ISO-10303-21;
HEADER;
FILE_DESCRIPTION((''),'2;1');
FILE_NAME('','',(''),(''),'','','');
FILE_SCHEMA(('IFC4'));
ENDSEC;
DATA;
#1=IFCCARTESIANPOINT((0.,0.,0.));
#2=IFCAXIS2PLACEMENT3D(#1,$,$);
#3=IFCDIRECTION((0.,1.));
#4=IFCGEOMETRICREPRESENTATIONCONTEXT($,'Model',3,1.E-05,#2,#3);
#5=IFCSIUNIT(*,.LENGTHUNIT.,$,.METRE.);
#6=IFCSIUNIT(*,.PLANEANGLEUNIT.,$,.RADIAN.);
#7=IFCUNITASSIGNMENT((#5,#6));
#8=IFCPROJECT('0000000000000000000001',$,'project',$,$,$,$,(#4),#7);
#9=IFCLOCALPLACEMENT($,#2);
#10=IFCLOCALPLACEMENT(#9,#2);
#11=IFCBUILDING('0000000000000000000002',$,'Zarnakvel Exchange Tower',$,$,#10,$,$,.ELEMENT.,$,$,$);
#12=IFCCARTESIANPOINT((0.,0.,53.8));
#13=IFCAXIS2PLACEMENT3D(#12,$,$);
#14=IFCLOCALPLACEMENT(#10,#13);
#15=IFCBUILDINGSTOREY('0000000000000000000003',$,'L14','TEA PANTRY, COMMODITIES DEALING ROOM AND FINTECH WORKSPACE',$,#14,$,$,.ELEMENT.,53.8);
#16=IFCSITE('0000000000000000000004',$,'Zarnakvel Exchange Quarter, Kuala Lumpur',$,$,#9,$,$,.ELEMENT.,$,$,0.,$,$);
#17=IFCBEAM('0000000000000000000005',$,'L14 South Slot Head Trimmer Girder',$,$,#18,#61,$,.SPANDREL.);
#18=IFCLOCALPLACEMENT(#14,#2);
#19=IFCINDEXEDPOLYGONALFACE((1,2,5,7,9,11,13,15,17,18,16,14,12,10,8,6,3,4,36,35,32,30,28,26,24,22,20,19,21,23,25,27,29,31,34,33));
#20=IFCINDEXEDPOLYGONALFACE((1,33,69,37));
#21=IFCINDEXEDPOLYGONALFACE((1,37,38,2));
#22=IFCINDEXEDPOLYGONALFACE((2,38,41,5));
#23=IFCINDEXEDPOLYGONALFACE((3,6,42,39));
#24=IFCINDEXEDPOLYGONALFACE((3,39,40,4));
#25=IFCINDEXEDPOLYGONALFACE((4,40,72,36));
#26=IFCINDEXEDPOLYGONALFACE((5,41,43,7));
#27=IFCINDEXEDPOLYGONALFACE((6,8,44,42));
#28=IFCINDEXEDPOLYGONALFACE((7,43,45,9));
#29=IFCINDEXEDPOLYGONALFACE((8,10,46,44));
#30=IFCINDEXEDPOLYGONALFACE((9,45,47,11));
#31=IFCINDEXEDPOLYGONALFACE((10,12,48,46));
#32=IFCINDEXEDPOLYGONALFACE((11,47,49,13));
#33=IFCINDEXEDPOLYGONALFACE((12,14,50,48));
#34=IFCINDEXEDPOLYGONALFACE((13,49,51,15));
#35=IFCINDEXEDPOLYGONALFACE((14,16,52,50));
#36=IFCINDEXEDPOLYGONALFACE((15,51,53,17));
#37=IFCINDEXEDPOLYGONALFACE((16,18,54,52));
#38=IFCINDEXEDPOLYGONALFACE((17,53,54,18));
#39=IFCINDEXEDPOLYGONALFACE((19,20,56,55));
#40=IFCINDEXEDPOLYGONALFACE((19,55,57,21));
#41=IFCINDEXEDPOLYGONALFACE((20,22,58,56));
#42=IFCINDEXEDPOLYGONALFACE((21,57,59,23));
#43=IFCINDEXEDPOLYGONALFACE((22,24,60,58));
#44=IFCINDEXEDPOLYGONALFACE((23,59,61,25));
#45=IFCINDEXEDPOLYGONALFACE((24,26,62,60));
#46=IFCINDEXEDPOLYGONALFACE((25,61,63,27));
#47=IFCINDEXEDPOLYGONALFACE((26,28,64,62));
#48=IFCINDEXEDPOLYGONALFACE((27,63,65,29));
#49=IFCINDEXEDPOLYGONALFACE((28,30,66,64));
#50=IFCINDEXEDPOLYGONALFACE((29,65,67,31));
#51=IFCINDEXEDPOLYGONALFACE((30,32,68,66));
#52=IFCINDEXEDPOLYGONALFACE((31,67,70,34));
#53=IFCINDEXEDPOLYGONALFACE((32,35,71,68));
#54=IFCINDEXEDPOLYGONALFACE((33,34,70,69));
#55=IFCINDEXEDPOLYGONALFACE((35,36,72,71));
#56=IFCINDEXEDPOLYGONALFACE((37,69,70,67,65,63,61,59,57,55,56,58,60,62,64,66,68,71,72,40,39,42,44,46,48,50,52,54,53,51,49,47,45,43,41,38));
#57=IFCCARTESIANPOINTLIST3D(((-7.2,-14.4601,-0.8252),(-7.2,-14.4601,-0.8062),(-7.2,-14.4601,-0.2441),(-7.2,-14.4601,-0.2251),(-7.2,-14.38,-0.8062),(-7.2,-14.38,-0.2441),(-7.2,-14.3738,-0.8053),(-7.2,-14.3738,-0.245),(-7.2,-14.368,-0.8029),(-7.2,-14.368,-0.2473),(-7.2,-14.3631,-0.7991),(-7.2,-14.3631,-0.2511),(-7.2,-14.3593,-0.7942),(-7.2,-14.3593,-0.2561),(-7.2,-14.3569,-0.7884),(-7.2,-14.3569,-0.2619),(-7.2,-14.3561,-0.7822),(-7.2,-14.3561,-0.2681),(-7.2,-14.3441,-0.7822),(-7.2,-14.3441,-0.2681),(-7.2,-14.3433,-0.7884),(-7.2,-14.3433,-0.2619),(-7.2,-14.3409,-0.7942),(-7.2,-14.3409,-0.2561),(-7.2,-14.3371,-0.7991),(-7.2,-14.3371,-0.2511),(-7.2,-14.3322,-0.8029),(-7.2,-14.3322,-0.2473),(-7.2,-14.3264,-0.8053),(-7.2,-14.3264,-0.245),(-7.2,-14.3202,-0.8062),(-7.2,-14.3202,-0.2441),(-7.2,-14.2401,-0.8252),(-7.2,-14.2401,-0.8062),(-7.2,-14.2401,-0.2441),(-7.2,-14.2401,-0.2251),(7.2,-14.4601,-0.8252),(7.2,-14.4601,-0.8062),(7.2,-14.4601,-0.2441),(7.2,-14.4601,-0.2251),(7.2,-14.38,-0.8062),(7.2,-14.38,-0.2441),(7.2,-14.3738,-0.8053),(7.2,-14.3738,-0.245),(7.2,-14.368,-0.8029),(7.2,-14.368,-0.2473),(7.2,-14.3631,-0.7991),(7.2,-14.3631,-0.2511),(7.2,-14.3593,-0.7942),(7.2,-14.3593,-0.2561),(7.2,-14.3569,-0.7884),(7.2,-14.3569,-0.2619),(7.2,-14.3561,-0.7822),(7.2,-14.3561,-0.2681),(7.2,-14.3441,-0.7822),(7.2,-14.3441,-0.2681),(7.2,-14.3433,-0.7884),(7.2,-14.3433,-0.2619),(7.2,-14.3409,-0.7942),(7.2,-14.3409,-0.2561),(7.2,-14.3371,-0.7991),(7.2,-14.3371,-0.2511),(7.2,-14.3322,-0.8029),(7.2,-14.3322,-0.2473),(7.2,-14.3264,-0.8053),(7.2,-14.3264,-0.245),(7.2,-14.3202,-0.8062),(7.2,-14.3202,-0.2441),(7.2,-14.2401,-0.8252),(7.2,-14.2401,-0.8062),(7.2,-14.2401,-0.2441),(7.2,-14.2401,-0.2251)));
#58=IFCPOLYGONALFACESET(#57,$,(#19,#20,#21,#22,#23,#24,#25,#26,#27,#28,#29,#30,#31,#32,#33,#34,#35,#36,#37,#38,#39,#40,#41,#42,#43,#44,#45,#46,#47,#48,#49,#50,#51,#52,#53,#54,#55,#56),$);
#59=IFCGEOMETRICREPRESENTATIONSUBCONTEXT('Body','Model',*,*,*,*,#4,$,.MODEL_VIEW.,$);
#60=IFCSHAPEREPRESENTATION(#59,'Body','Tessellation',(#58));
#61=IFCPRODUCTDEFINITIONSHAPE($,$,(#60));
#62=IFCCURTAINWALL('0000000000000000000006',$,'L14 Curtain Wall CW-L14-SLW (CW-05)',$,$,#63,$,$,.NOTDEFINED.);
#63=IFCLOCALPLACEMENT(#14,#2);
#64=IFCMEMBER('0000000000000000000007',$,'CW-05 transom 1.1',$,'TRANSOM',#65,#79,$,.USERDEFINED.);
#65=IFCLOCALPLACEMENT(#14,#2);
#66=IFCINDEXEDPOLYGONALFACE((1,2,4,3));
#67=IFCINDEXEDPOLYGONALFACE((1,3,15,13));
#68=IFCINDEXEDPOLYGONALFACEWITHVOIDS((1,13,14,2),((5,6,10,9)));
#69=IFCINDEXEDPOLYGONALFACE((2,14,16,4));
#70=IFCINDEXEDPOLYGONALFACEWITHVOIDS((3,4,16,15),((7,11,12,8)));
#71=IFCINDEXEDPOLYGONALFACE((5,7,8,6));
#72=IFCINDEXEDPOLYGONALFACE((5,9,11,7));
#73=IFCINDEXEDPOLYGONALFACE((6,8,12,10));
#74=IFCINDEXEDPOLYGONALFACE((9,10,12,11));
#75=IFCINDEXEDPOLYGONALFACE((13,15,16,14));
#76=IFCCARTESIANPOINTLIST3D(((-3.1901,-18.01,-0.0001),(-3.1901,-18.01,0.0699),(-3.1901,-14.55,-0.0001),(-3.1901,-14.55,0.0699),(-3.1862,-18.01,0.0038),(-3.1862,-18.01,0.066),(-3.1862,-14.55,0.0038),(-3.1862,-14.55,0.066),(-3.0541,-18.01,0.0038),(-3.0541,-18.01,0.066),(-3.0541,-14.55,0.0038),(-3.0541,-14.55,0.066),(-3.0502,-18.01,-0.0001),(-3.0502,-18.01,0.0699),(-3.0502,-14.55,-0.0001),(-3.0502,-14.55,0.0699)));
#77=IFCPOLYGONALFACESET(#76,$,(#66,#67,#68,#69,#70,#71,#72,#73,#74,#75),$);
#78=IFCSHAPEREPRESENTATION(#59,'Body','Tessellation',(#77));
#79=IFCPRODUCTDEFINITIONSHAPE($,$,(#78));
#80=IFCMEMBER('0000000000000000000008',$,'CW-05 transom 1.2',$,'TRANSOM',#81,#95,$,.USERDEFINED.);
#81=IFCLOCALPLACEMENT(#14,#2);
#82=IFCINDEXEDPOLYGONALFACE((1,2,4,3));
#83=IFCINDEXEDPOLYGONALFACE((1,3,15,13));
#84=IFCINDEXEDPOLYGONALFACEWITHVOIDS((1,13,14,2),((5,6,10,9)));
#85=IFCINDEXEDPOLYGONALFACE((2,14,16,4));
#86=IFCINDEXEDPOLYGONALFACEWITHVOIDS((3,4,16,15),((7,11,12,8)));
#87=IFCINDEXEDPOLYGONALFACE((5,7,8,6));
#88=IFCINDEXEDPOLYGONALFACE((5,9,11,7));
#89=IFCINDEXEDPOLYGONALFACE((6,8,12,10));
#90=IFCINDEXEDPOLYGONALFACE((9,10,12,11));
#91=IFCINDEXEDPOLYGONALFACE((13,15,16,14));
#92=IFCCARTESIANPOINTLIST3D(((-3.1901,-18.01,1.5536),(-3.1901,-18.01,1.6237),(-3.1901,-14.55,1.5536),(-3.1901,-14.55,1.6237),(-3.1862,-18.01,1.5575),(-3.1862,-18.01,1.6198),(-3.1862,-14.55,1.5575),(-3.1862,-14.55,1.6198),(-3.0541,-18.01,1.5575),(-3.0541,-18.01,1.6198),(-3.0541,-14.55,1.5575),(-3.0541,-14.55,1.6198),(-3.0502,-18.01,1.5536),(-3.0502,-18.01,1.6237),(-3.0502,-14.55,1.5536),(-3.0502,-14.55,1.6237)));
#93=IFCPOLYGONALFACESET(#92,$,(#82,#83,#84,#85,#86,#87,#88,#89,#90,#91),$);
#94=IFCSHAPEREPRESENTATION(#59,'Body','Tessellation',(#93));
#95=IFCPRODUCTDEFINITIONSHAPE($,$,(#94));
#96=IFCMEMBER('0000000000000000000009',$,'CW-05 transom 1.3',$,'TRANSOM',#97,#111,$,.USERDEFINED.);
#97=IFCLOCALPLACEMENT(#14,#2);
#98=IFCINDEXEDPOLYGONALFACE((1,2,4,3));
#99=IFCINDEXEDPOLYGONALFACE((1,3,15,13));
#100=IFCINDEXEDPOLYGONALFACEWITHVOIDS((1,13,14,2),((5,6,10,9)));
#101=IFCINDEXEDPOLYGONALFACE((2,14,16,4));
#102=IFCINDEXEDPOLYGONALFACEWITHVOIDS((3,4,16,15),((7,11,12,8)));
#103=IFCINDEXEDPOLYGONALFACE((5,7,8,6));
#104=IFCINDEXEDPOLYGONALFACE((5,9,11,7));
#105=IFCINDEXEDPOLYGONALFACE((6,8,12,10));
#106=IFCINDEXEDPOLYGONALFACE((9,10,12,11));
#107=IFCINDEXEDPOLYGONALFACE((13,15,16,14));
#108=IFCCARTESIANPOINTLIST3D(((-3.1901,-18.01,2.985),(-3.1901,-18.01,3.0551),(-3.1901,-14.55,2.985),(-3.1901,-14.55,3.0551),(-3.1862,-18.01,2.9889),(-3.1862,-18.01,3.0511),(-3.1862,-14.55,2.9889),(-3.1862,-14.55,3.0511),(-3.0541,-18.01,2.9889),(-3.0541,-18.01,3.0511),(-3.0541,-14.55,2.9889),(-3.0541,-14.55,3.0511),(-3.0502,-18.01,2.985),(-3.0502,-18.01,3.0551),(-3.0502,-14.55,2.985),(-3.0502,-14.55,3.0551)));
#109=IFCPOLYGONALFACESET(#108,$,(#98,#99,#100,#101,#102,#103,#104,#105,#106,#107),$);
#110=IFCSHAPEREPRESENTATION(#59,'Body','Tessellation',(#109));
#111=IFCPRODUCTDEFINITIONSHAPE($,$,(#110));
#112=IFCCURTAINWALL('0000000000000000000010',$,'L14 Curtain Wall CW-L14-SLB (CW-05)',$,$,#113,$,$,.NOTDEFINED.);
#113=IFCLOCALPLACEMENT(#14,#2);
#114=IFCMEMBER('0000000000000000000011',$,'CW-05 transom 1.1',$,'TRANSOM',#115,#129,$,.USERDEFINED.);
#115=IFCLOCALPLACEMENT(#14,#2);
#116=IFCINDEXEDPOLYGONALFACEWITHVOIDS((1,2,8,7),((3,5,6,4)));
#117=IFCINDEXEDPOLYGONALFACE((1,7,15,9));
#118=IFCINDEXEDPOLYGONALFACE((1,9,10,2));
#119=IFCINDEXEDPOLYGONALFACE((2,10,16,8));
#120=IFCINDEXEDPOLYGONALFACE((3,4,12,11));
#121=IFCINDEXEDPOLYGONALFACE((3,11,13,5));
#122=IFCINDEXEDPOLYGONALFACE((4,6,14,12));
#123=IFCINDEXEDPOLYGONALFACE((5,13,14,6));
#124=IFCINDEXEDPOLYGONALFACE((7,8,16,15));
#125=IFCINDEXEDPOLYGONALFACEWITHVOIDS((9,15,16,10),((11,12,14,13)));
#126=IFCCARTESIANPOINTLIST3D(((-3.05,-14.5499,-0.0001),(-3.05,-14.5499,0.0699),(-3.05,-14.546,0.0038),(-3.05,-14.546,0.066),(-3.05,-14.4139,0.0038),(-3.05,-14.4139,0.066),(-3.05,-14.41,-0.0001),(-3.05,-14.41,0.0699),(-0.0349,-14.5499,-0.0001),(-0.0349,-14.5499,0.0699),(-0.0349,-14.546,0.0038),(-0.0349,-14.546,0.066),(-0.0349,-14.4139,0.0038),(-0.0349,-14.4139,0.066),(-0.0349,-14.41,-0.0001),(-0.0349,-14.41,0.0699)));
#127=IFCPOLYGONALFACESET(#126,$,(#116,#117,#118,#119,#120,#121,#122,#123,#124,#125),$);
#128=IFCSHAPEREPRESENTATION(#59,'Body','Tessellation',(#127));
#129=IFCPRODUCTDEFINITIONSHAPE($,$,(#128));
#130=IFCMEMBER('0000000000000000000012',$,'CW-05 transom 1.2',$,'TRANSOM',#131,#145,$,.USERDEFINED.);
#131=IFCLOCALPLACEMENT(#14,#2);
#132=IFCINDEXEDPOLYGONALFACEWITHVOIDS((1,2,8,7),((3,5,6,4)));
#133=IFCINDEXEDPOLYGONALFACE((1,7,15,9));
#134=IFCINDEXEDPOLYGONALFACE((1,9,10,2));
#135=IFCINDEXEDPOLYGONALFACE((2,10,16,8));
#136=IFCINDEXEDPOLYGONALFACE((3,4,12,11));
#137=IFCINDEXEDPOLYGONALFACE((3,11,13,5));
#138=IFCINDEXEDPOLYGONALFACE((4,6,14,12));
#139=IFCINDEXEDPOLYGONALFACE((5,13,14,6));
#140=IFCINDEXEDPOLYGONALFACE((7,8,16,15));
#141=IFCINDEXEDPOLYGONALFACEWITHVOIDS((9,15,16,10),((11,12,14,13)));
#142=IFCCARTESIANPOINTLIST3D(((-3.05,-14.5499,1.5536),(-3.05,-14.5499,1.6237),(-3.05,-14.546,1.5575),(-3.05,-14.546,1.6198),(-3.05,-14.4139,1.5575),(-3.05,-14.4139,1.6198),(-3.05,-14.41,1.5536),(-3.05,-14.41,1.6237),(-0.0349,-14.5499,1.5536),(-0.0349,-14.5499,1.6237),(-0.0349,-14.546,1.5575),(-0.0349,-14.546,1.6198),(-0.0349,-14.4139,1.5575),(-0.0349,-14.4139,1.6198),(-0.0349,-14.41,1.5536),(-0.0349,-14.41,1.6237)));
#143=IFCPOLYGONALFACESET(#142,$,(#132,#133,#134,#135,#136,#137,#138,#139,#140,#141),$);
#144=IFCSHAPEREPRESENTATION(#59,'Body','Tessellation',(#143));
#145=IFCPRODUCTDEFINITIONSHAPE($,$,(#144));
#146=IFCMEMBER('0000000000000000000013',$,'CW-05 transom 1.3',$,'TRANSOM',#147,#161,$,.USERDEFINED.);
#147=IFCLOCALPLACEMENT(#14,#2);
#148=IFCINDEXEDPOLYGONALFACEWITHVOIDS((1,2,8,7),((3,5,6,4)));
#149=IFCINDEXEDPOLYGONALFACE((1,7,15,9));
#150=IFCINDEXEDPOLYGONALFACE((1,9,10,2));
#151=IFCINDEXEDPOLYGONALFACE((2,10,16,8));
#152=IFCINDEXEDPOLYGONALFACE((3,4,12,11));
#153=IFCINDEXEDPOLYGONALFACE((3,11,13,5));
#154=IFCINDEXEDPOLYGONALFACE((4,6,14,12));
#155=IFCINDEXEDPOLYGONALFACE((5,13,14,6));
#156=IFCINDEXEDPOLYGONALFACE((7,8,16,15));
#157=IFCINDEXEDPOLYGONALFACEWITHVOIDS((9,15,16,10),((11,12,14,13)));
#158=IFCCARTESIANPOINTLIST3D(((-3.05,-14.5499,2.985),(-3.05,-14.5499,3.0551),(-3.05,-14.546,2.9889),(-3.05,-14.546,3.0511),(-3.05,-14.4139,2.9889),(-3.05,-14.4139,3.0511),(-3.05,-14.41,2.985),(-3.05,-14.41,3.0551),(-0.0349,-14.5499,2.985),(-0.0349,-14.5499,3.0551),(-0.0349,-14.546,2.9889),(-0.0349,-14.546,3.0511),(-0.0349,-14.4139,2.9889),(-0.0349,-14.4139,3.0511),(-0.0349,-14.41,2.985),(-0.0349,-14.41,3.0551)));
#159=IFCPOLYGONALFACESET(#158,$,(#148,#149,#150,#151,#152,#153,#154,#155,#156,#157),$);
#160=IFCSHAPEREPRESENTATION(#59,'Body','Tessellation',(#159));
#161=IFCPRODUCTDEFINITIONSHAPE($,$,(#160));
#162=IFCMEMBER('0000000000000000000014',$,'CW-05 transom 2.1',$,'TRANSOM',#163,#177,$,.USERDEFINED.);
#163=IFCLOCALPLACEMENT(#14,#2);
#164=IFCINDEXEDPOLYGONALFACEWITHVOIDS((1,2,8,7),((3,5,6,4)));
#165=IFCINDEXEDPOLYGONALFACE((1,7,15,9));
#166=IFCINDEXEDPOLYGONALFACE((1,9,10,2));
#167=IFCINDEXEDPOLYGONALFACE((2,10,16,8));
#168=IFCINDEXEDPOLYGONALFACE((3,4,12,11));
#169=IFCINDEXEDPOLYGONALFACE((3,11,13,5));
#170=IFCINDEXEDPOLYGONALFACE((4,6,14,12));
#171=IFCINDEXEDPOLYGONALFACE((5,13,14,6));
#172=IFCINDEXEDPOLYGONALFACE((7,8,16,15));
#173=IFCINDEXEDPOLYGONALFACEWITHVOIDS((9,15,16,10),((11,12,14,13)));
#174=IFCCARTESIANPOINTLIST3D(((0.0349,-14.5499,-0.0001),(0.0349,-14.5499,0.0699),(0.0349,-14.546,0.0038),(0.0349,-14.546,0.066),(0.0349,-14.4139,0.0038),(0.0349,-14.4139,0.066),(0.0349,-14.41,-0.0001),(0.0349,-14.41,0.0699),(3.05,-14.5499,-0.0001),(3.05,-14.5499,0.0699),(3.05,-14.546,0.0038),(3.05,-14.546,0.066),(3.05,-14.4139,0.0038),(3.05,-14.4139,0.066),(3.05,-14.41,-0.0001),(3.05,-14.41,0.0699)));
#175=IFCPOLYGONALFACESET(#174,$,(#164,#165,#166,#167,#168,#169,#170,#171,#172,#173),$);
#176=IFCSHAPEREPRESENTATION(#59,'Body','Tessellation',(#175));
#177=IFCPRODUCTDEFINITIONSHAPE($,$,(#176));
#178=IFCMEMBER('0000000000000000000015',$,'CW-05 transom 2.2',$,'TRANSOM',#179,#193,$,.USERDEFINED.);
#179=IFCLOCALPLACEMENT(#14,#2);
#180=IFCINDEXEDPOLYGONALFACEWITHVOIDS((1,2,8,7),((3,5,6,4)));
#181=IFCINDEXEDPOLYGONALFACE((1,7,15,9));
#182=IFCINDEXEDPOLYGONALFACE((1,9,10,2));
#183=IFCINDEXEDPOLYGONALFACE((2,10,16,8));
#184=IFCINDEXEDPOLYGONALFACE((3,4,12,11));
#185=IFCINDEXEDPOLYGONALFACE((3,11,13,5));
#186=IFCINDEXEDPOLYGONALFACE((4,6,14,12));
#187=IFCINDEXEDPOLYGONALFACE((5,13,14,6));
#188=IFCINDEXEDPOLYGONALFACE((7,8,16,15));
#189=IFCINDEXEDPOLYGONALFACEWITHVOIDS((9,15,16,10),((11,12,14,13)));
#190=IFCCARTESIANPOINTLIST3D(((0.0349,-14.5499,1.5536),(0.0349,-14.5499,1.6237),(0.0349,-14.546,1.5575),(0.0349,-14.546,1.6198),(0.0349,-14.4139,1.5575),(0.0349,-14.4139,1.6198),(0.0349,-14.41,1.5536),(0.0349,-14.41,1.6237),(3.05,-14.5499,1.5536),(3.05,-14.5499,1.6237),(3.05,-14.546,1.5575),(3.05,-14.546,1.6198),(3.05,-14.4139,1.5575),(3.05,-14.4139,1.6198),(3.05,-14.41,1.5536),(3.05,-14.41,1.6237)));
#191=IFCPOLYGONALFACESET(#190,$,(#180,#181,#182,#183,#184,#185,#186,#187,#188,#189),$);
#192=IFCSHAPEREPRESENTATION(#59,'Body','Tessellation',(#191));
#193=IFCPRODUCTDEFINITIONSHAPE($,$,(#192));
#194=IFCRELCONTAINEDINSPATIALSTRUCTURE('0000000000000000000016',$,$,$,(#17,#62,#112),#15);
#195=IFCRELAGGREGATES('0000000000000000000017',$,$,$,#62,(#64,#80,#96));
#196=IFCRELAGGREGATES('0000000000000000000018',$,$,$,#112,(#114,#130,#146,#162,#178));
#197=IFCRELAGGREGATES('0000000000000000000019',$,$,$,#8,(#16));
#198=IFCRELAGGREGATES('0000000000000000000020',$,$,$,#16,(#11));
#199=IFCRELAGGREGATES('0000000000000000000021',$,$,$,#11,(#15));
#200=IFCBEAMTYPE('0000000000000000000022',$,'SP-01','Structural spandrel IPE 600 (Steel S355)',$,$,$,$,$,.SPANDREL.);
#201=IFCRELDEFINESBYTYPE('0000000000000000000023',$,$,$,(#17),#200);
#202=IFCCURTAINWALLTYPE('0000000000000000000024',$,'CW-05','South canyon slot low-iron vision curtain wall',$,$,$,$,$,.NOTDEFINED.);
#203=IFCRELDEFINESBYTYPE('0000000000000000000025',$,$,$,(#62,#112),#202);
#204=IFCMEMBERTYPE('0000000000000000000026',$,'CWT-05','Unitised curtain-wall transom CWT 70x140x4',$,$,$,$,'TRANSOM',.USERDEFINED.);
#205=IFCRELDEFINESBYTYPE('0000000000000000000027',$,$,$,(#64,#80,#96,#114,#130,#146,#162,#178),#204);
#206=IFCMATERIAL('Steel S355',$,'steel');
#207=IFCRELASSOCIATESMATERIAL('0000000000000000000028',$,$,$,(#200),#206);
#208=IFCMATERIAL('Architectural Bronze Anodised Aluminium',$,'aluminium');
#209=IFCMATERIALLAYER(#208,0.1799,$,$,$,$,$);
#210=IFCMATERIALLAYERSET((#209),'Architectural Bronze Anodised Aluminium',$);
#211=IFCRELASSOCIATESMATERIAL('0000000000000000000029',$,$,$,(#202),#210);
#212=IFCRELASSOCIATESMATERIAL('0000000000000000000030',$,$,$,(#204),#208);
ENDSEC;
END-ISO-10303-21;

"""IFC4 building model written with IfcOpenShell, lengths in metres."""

from ifc_helpers import new_model, si_unit, direction, frame, origin, origin_2d, place, context, subcontext, project, spatial, hollow_rectangle, i_section, extrude, source, transform, mapped, material, layer, layer_set, material_profile, profile_set, type_object, element, aggregate, save


model = new_model("IFC4")

# Units and contexts
model_context = context("Model", 3, precision=1e-05, world=origin(), true_north=direction((0.0, 1.0)))
body_context = subcontext(model_context, "Body", "Model", "MODEL_VIEW")
ifc_project = project(units=[si_unit("LENGTHUNIT", "METRE"), si_unit("PLANEANGLEUNIT", "RADIAN")], contexts=[model_context])

# Site, building, storey
site_placement = place(None, origin())
site = spatial("IfcSite", under=ifc_project, at=site_placement, Name="Zarnakvel Exchange Quarter, Kuala Lumpur", CompositionType="ELEMENT", RefElevation=0.0)
building_placement = place(site_placement, origin())
building = spatial("IfcBuilding", under=site, at=building_placement, Name="Zarnakvel Exchange Tower", CompositionType="ELEMENT")
storey_placement = place(building_placement, frame((0.0, 0.0, 53.8)))
storey = spatial("IfcBuildingStorey", under=building, at=storey_placement, Name="L14", Description="TEA PANTRY, COMMODITIES DEALING ROOM AND FINTECH WORKSPACE", CompositionType="ELEMENT", Elevation=53.8)

# Beam
ifc_material_1 = material(Name="Steel S355", Category="steel")
ifc_material_profile_1 = material_profile(ifc_material_1, i_section(OverallWidth=0.22, OverallDepth=0.6001, WebThickness=0.012, FlangeThickness=0.019, FilletRadius=0.0239, at=origin_2d()))
ifc_profile_set_1 = profile_set([ifc_material_profile_1], Name="Steel S355")
beam_type_1 = type_object("IfcBeamType", Name="SP-01", Description="Structural spandrel IPE 600 (Steel S355)", PredefinedType="SPANDREL", material=ifc_profile_set_1)
beam_1_placement = place(storey_placement, frame((-7.2, -14.3501, -0.5251), z_axis=(1.0, 0.0, 0.0), x_axis=(0.0, 1.0, 0.0)))
element("IfcBeam", 1, at=beam_1_placement, inside=storey, type_object=beam_type_1, Name="L14 South Slot Head Trimmer Girder", PredefinedType="SPANDREL", context=body_context, shape_type="SweptSolid", body=[
    extrude(i_section(OverallWidth=0.22, OverallDepth=0.6001, WebThickness=0.012, FlangeThickness=0.019, FilletRadius=0.0239, at=origin_2d()), origin(), (0.0, 0.0, 1.0), 14.3999),
])

# Curtain walls, members
ifc_material_2 = material(Name="Architectural Bronze Anodised Aluminium", Category="aluminium")
ifc_layer_1 = layer(ifc_material_2, 0.1799)
ifc_layer_set_1 = layer_set([ifc_layer_1], Name="Architectural Bronze Anodised Aluminium")
curtain_wall_type = type_object("IfcCurtainWallType", Name="CW-05", Description="South canyon slot low-iron vision curtain wall", PredefinedType="NOTDEFINED", material=ifc_layer_set_1)
curtain_wall_1_placement = place(storey_placement, origin())
curtain_wall_1 = element("IfcCurtainWall", 2, at=curtain_wall_1_placement, inside=storey, type_object=curtain_wall_type, Name="L14 Curtain Wall CW-L14-SLW (CW-05)", PredefinedType="NOTDEFINED")
ifc_material_profile_2 = material_profile(ifc_material_2, hollow_rectangle(XDim=0.1399, YDim=0.0701, WallThickness=0.0039, at=origin_2d()))
ifc_profile_set_2 = profile_set([ifc_material_profile_2], Name="Architectural Bronze Anodised Aluminium")
member_type_1 = type_object("IfcMemberType", Name="CWT-05", Description="Unitised curtain-wall transom CWT 70x140x4", ElementType="TRANSOM", PredefinedType="USERDEFINED", material=ifc_profile_set_2)
shared_shape_1 = source(origin(), body_context, "Body", "SweptSolid", [
    extrude(hollow_rectangle(XDim=0.1399, YDim=0.0701, WallThickness=0.0039, at=origin_2d()), origin(), (0.0, 0.0, 1.0), 3.46),
])
member_1_placement = place(storey_placement, frame((-3.1201, -18.01, 0.0349), z_axis=(0.0, 1.0, 0.0), x_axis=(-1.0, 0.0, 0.0)))
member_1 = element("IfcMember", 3, at=member_1_placement, type_object=member_type_1, Name="CW-05 transom 1.1", ObjectType="TRANSOM", PredefinedType="USERDEFINED", context=body_context, shape_type="MappedRepresentation", body=[
    mapped(shared_shape_1, transform((0.0, 0.0, 0.0), x_axis=(1.0, 0.0, 0.0), y_axis=(0.0, 1.0, 0.0), z_axis=(0.0, 0.0, 1.0), scale=1.0)),
])
member_2_placement = place(storey_placement, frame((-3.1201, -18.01, 1.5886), z_axis=(0.0, 1.0, 0.0), x_axis=(-1.0, 0.0, 0.0)))
member_2 = element("IfcMember", 4, at=member_2_placement, type_object=member_type_1, Name="CW-05 transom 1.2", ObjectType="TRANSOM", PredefinedType="USERDEFINED", context=body_context, shape_type="MappedRepresentation", body=[
    mapped(shared_shape_1, transform((0.0, 0.0, 0.0), x_axis=(1.0, 0.0, 0.0), y_axis=(0.0, 1.0, 0.0), z_axis=(0.0, 0.0, 1.0), scale=1.0)),
])
member_3_placement = place(storey_placement, frame((-3.1201, -18.01, 3.02), z_axis=(0.0, 1.0, 0.0), x_axis=(-1.0, 0.0, 0.0)))
member_3 = element("IfcMember", 5, at=member_3_placement, type_object=member_type_1, Name="CW-05 transom 1.3", ObjectType="TRANSOM", PredefinedType="USERDEFINED", context=body_context, shape_type="MappedRepresentation", body=[
    mapped(shared_shape_1, transform((0.0, 0.0, 0.0), x_axis=(1.0, 0.0, 0.0), y_axis=(0.0, 1.0, 0.0), z_axis=(0.0, 0.0, 1.0), scale=1.0)),
])
curtain_wall_2_placement = place(storey_placement, origin())
curtain_wall_2 = element("IfcCurtainWall", 6, at=curtain_wall_2_placement, inside=storey, type_object=curtain_wall_type, Name="L14 Curtain Wall CW-L14-SLB (CW-05)", PredefinedType="NOTDEFINED")
shared_shape_2 = source(origin(), body_context, "Body", "SweptSolid", [
    extrude(hollow_rectangle(XDim=0.1399, YDim=0.0701, WallThickness=0.0039, at=origin_2d()), origin(), (0.0, 0.0, 1.0), 3.0151),
])
member_4_placement = place(storey_placement, frame((-3.05, -14.48, 0.0349), z_axis=(1.0, 0.0, 0.0), x_axis=(0.0, 1.0, 0.0)))
member_4 = element("IfcMember", 7, at=member_4_placement, type_object=member_type_1, Name="CW-05 transom 1.1", ObjectType="TRANSOM", PredefinedType="USERDEFINED", context=body_context, shape_type="MappedRepresentation", body=[
    mapped(shared_shape_2, transform((0.0, 0.0, 0.0), x_axis=(1.0, 0.0, 0.0), y_axis=(0.0, 1.0, 0.0), z_axis=(0.0, 0.0, 1.0), scale=1.0)),
])
member_5_placement = place(storey_placement, frame((-3.05, -14.48, 1.5886), z_axis=(1.0, 0.0, 0.0), x_axis=(0.0, 1.0, 0.0)))
member_5 = element("IfcMember", 8, at=member_5_placement, type_object=member_type_1, Name="CW-05 transom 1.2", ObjectType="TRANSOM", PredefinedType="USERDEFINED", context=body_context, shape_type="MappedRepresentation", body=[
    mapped(shared_shape_2, transform((0.0, 0.0, 0.0), x_axis=(1.0, 0.0, 0.0), y_axis=(0.0, 1.0, 0.0), z_axis=(0.0, 0.0, 1.0), scale=1.0)),
])
member_6_placement = place(storey_placement, frame((-3.05, -14.48, 3.02), z_axis=(1.0, 0.0, 0.0), x_axis=(0.0, 1.0, 0.0)))
member_6 = element("IfcMember", 9, at=member_6_placement, type_object=member_type_1, Name="CW-05 transom 1.3", ObjectType="TRANSOM", PredefinedType="USERDEFINED", context=body_context, shape_type="MappedRepresentation", body=[
    mapped(shared_shape_2, transform((0.0, 0.0, 0.0), x_axis=(1.0, 0.0, 0.0), y_axis=(0.0, 1.0, 0.0), z_axis=(0.0, 0.0, 1.0), scale=1.0)),
])
member_7_placement = place(storey_placement, frame((0.0349, -14.48, 0.0349), z_axis=(1.0, 0.0, 0.0), x_axis=(0.0, 1.0, 0.0)))
member_7 = element("IfcMember", 10, at=member_7_placement, type_object=member_type_1, Name="CW-05 transom 2.1", ObjectType="TRANSOM", PredefinedType="USERDEFINED", context=body_context, shape_type="MappedRepresentation", body=[
    mapped(shared_shape_2, transform((0.0, 0.0, 0.0), x_axis=(1.0, 0.0, 0.0), y_axis=(0.0, 1.0, 0.0), z_axis=(0.0, 0.0, 1.0), scale=1.0)),
])
member_8_placement = place(storey_placement, frame((0.0349, -14.48, 1.5886), z_axis=(1.0, 0.0, 0.0), x_axis=(0.0, 1.0, 0.0)))
member_8 = element("IfcMember", 11, at=member_8_placement, type_object=member_type_1, Name="CW-05 transom 2.2", ObjectType="TRANSOM", PredefinedType="USERDEFINED", context=body_context, shape_type="MappedRepresentation", body=[
    mapped(shared_shape_2, transform((0.0, 0.0, 0.0), x_axis=(1.0, 0.0, 0.0), y_axis=(0.0, 1.0, 0.0), z_axis=(0.0, 0.0, 1.0), scale=1.0)),
])

aggregate(curtain_wall_1, [member_1, member_2, member_3])
aggregate(curtain_wall_2, [member_4, member_5, member_6, member_7, member_8])

save(model, "model.ifc")
